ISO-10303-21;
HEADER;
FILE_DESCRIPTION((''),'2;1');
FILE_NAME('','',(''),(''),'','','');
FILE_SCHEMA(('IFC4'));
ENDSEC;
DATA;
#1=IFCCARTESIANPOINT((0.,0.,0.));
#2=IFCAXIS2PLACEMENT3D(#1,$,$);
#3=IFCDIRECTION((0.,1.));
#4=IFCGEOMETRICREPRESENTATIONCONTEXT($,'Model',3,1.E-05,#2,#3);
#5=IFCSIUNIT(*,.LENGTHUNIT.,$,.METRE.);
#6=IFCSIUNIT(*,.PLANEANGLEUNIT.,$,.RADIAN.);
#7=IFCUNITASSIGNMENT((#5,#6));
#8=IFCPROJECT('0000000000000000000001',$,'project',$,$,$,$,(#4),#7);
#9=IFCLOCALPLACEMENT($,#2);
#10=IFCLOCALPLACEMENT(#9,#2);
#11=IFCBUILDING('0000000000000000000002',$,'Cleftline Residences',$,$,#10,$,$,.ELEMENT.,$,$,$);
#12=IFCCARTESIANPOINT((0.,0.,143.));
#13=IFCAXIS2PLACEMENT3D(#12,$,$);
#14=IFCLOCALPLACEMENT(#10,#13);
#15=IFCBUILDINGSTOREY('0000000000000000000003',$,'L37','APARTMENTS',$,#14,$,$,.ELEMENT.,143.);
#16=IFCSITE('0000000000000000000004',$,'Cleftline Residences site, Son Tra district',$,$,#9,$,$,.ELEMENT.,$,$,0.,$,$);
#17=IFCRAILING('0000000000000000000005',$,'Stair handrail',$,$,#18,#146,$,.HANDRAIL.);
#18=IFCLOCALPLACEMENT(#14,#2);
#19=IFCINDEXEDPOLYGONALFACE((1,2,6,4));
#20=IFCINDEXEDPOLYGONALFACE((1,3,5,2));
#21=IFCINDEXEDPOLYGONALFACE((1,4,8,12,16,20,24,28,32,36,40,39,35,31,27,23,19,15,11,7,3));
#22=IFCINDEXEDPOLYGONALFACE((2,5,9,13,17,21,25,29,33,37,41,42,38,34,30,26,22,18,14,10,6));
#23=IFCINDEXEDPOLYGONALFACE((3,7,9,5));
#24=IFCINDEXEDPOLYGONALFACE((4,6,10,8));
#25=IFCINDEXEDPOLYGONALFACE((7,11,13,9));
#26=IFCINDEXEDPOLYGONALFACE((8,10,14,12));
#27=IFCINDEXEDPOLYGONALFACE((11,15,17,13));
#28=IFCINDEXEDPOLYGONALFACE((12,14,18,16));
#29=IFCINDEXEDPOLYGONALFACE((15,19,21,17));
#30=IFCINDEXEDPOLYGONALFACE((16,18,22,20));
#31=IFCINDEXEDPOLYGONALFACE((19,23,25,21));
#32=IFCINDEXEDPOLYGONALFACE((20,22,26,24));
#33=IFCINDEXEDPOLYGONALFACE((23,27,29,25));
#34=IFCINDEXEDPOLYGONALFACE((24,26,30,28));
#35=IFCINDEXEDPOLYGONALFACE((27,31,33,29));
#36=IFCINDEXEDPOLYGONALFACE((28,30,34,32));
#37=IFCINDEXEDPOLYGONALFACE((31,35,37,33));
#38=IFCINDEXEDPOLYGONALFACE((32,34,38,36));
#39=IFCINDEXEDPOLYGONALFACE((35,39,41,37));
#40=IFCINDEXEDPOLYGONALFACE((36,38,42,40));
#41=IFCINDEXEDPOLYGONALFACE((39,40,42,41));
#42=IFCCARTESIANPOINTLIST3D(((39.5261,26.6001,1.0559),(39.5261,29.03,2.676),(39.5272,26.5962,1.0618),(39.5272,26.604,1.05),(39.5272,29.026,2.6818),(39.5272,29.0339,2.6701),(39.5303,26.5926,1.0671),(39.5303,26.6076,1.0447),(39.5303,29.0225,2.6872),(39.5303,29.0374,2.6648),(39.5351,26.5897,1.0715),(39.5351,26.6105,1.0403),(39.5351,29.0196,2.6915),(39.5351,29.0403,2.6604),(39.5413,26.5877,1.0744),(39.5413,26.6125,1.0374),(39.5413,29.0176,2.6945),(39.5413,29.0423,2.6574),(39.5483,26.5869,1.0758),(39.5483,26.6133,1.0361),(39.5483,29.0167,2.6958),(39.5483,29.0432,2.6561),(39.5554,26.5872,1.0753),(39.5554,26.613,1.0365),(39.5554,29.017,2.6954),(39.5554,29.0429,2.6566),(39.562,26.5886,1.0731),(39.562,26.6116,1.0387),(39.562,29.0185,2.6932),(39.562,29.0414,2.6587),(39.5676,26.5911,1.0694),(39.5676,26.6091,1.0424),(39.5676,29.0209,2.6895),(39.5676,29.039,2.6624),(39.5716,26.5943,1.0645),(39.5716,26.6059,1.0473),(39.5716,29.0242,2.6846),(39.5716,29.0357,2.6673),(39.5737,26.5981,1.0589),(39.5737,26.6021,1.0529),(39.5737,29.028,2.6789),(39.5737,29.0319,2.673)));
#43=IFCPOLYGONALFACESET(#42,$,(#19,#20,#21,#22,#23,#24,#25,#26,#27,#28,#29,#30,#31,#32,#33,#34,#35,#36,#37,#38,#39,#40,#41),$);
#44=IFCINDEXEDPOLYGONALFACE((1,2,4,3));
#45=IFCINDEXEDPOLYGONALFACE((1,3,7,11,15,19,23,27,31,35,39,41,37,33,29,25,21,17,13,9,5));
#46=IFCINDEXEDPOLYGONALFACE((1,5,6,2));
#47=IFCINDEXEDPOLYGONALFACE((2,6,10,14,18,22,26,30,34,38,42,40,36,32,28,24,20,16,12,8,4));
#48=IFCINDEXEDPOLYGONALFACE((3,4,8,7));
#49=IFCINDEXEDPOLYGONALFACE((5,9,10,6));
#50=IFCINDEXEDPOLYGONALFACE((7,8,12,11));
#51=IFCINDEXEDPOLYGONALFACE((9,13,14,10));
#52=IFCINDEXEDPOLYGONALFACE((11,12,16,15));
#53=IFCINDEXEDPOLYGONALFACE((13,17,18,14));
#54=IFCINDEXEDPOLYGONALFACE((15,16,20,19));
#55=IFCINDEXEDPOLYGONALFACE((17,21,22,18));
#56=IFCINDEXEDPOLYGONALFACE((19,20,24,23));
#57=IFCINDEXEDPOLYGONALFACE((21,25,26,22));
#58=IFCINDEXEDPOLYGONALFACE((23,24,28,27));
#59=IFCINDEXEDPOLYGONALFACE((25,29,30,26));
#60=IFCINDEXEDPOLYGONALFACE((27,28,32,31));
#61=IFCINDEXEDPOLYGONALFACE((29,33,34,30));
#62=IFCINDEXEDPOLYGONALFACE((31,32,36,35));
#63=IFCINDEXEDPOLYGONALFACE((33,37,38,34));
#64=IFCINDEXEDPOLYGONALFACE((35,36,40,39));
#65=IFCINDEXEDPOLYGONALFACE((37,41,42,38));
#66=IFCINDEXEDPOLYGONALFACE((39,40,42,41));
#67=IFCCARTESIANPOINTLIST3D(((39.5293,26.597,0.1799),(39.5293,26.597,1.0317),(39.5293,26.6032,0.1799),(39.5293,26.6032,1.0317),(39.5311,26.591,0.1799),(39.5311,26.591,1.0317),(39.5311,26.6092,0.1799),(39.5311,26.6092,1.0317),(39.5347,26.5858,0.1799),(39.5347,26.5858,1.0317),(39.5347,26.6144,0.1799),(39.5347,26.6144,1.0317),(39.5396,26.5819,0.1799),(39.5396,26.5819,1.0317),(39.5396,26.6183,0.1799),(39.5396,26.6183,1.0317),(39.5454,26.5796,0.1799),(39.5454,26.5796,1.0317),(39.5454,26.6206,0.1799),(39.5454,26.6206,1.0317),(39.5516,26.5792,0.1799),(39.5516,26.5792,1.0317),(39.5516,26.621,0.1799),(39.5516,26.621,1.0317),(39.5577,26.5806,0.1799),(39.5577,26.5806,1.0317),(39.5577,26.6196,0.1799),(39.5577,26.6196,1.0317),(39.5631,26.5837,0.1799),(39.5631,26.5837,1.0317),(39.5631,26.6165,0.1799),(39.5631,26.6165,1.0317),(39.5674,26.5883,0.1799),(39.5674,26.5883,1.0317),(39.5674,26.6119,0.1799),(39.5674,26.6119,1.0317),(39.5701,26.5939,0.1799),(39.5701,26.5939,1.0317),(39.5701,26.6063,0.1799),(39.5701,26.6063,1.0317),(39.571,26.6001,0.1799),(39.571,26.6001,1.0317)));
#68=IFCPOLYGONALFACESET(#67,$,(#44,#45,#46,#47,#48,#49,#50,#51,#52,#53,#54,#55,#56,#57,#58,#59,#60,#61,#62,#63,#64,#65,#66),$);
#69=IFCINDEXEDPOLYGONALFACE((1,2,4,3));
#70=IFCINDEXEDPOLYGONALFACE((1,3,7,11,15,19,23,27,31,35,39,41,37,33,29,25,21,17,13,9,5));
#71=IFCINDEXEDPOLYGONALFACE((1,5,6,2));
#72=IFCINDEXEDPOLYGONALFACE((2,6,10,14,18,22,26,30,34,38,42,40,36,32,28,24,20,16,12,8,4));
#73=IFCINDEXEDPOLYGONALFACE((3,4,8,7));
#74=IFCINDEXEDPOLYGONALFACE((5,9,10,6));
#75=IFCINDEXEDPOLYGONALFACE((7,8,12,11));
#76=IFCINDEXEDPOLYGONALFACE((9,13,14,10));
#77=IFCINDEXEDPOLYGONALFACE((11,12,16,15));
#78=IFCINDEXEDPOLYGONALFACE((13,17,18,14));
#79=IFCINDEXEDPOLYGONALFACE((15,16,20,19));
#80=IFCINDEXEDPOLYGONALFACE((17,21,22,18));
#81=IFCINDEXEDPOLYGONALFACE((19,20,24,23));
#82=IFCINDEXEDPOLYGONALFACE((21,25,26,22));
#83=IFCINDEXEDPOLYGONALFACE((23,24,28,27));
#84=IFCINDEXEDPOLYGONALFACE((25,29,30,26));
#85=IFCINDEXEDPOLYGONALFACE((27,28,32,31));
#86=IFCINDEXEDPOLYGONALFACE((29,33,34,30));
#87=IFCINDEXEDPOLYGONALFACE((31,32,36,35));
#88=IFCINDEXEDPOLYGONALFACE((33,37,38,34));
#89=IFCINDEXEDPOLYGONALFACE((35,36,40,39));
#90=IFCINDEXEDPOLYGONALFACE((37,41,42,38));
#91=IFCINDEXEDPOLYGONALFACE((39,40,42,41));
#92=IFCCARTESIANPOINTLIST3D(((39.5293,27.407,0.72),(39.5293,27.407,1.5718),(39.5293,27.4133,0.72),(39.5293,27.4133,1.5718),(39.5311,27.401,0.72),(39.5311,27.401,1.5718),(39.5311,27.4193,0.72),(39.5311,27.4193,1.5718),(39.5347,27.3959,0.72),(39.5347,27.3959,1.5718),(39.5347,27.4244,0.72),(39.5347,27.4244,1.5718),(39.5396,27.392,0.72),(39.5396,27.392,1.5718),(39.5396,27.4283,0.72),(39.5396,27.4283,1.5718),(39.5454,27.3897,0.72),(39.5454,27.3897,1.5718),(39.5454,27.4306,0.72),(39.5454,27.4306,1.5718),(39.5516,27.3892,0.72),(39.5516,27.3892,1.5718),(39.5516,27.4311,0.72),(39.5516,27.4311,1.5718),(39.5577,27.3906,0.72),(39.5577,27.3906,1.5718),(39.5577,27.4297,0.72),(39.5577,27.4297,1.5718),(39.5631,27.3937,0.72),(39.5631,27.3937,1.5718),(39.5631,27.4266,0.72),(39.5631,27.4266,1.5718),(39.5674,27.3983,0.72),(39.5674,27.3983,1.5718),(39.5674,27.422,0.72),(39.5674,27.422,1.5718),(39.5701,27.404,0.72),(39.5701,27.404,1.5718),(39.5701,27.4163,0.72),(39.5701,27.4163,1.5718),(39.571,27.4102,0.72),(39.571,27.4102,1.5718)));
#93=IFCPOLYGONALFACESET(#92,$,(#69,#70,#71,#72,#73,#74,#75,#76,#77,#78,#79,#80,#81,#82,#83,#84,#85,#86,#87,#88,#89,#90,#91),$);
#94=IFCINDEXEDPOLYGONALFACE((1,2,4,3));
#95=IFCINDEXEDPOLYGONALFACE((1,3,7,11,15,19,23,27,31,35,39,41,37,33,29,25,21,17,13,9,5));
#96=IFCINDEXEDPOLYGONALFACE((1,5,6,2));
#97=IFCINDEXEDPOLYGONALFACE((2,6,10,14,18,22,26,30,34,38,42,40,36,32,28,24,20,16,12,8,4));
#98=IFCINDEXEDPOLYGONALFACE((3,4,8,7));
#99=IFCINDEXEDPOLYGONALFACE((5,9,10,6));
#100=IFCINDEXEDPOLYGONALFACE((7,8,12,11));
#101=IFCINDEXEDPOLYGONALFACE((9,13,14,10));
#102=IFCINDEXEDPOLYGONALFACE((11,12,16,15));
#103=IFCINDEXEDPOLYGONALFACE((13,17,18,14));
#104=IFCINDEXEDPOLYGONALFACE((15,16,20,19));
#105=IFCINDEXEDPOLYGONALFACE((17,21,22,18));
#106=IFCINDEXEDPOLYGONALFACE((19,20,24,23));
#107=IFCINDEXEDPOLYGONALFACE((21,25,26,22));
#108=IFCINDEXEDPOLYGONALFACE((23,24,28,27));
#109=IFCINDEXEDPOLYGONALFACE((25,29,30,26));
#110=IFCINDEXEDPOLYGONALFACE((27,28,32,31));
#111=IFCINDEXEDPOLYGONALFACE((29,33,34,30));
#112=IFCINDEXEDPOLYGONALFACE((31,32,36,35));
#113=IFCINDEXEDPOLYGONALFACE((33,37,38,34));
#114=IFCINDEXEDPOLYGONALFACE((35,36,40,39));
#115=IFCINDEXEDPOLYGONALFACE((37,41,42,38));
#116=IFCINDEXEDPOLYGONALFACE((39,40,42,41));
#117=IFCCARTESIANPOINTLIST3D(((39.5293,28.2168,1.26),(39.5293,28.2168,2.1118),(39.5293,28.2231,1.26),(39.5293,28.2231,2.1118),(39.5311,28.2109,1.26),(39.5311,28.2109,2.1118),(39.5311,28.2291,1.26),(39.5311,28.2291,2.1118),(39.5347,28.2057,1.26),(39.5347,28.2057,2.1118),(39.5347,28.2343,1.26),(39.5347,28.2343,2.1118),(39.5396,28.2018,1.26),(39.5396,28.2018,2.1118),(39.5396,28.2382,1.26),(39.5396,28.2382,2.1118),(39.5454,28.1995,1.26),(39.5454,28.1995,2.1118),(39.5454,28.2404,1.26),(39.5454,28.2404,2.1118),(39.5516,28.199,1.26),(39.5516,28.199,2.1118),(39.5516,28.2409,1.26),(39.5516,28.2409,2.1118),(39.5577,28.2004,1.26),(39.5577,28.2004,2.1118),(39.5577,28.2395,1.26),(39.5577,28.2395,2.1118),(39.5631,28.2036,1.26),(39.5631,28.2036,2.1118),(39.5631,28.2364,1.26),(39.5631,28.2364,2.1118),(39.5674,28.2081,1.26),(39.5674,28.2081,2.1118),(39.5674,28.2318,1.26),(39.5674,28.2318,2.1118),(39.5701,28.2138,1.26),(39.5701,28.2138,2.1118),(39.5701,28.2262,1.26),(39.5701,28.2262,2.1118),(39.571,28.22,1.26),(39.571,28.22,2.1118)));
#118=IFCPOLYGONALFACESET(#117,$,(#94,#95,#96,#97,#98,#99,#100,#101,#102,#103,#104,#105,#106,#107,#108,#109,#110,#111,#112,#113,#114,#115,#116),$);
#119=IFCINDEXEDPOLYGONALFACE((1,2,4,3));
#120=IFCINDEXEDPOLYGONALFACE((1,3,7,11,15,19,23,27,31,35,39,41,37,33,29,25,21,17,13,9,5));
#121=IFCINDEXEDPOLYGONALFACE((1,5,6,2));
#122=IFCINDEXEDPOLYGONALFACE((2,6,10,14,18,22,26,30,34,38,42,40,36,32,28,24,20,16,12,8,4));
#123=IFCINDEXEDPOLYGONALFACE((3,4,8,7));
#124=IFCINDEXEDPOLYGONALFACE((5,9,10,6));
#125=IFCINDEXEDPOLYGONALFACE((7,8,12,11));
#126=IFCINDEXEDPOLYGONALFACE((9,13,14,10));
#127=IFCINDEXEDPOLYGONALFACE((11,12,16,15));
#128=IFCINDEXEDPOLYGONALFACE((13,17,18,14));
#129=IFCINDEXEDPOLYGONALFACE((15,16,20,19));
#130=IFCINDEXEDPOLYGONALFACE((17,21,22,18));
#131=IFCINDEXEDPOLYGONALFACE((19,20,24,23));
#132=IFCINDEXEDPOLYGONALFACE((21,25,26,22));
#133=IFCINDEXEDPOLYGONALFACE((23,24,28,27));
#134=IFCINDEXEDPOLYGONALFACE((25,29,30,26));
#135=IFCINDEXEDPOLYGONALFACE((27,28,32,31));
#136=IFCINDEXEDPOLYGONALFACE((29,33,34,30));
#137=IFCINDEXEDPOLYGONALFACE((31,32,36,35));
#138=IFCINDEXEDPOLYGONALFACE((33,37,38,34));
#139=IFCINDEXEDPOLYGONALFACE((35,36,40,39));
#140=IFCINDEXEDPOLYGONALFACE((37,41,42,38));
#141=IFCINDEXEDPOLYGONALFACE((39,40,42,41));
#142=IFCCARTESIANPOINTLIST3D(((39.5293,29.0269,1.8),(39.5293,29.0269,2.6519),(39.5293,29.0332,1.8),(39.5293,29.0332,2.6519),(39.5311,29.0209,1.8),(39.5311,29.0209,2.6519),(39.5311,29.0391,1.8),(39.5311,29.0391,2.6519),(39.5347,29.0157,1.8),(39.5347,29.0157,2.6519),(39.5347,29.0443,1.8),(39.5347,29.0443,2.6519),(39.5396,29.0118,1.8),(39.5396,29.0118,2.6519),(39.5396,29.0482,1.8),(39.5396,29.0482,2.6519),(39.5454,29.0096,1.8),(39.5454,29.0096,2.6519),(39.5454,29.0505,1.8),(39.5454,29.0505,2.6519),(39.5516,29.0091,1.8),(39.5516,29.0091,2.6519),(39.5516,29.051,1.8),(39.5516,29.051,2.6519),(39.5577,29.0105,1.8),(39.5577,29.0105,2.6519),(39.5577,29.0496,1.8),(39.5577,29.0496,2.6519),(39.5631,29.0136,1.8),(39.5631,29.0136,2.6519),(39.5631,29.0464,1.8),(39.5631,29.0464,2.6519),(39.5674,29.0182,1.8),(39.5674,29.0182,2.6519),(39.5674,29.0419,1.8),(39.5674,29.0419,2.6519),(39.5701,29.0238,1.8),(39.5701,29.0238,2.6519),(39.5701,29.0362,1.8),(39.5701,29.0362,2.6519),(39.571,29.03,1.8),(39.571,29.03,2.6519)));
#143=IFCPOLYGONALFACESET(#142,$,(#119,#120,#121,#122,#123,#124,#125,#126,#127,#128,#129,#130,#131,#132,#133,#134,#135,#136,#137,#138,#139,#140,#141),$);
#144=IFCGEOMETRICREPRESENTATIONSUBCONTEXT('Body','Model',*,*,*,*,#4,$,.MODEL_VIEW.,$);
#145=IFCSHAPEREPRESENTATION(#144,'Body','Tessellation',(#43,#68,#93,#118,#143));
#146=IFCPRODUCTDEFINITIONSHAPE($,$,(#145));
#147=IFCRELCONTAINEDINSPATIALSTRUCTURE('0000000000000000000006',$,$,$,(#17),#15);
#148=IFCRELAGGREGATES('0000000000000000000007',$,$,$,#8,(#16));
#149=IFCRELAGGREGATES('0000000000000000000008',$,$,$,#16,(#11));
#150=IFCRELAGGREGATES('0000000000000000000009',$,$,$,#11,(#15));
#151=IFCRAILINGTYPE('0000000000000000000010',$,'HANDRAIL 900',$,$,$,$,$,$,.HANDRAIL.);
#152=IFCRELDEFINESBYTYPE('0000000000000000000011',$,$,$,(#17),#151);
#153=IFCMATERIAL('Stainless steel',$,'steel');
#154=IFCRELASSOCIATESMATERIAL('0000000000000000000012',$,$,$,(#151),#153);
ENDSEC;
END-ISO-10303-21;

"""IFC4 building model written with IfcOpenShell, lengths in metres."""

from ifc_helpers import new_model, si_unit, direction, frame, origin, origin_2d, place, context, subcontext, project, spatial, circle, extrude, material, type_object, element, save


model = new_model("IFC4")

# Units and contexts
model_context = context("Model", 3, precision=1e-05, world=origin(), true_north=direction((0.0, 1.0)))
body_context = subcontext(model_context, "Body", "Model", "MODEL_VIEW")
ifc_project = project(units=[si_unit("LENGTHUNIT", "METRE"), si_unit("PLANEANGLEUNIT", "RADIAN")], contexts=[model_context])

# Site, building, storey
site_placement = place(None, origin())
site = spatial("IfcSite", under=ifc_project, at=site_placement, Name="Cleftline Residences site, Son Tra district", CompositionType="ELEMENT", RefElevation=0.0)
building_placement = place(site_placement, origin())
building = spatial("IfcBuilding", under=site, at=building_placement, Name="Cleftline Residences", CompositionType="ELEMENT")
storey_placement = place(building_placement, frame((0.0, 0.0, 143.0)))
storey = spatial("IfcBuildingStorey", under=building, at=storey_placement, Name="L37", Description="APARTMENTS", CompositionType="ELEMENT", Elevation=143.0)

# Railing
ifc_material_1 = material(Name="Stainless steel", Category="steel")
railing_type = type_object("IfcRailingType", Name="HANDRAIL 900", PredefinedType="HANDRAIL", material=ifc_material_1)
railing_1_placement = place(storey_placement, frame((39.55, 26.6001, 0.1799)))
element("IfcRailing", 1, at=railing_1_placement, inside=storey, type_object=railing_type, Name="Stair handrail", PredefinedType="HANDRAIL", context=body_context, shape_type="SweptSolid", body=[
    extrude(circle(Radius=0.0239, at=origin_2d()), frame((0.0, 0.0, 0.876), z_axis=(0.0, 0.832025, 0.554739), x_axis=(-1.0, 0.0, 0.0)), (0.0, 0.0, 1.0), 2.9204),
    extrude(circle(Radius=0.021, at=origin_2d()), origin(), (0.0, 0.0, 1.0), 0.8518),
    extrude(circle(Radius=0.021, at=origin_2d()), frame((0.0, 0.8101, 0.54)), (0.0, 0.0, 1.0), 0.8518),
    extrude(circle(Radius=0.021, at=origin_2d()), frame((0.0, 1.6199, 1.0801)), (0.0, 0.0, 1.0), 0.8518),
    extrude(circle(Radius=0.021, at=origin_2d()), frame((0.0, 2.4299, 1.6201)), (0.0, 0.0, 1.0), 0.8518),
])

save(model, "model.ifc")
